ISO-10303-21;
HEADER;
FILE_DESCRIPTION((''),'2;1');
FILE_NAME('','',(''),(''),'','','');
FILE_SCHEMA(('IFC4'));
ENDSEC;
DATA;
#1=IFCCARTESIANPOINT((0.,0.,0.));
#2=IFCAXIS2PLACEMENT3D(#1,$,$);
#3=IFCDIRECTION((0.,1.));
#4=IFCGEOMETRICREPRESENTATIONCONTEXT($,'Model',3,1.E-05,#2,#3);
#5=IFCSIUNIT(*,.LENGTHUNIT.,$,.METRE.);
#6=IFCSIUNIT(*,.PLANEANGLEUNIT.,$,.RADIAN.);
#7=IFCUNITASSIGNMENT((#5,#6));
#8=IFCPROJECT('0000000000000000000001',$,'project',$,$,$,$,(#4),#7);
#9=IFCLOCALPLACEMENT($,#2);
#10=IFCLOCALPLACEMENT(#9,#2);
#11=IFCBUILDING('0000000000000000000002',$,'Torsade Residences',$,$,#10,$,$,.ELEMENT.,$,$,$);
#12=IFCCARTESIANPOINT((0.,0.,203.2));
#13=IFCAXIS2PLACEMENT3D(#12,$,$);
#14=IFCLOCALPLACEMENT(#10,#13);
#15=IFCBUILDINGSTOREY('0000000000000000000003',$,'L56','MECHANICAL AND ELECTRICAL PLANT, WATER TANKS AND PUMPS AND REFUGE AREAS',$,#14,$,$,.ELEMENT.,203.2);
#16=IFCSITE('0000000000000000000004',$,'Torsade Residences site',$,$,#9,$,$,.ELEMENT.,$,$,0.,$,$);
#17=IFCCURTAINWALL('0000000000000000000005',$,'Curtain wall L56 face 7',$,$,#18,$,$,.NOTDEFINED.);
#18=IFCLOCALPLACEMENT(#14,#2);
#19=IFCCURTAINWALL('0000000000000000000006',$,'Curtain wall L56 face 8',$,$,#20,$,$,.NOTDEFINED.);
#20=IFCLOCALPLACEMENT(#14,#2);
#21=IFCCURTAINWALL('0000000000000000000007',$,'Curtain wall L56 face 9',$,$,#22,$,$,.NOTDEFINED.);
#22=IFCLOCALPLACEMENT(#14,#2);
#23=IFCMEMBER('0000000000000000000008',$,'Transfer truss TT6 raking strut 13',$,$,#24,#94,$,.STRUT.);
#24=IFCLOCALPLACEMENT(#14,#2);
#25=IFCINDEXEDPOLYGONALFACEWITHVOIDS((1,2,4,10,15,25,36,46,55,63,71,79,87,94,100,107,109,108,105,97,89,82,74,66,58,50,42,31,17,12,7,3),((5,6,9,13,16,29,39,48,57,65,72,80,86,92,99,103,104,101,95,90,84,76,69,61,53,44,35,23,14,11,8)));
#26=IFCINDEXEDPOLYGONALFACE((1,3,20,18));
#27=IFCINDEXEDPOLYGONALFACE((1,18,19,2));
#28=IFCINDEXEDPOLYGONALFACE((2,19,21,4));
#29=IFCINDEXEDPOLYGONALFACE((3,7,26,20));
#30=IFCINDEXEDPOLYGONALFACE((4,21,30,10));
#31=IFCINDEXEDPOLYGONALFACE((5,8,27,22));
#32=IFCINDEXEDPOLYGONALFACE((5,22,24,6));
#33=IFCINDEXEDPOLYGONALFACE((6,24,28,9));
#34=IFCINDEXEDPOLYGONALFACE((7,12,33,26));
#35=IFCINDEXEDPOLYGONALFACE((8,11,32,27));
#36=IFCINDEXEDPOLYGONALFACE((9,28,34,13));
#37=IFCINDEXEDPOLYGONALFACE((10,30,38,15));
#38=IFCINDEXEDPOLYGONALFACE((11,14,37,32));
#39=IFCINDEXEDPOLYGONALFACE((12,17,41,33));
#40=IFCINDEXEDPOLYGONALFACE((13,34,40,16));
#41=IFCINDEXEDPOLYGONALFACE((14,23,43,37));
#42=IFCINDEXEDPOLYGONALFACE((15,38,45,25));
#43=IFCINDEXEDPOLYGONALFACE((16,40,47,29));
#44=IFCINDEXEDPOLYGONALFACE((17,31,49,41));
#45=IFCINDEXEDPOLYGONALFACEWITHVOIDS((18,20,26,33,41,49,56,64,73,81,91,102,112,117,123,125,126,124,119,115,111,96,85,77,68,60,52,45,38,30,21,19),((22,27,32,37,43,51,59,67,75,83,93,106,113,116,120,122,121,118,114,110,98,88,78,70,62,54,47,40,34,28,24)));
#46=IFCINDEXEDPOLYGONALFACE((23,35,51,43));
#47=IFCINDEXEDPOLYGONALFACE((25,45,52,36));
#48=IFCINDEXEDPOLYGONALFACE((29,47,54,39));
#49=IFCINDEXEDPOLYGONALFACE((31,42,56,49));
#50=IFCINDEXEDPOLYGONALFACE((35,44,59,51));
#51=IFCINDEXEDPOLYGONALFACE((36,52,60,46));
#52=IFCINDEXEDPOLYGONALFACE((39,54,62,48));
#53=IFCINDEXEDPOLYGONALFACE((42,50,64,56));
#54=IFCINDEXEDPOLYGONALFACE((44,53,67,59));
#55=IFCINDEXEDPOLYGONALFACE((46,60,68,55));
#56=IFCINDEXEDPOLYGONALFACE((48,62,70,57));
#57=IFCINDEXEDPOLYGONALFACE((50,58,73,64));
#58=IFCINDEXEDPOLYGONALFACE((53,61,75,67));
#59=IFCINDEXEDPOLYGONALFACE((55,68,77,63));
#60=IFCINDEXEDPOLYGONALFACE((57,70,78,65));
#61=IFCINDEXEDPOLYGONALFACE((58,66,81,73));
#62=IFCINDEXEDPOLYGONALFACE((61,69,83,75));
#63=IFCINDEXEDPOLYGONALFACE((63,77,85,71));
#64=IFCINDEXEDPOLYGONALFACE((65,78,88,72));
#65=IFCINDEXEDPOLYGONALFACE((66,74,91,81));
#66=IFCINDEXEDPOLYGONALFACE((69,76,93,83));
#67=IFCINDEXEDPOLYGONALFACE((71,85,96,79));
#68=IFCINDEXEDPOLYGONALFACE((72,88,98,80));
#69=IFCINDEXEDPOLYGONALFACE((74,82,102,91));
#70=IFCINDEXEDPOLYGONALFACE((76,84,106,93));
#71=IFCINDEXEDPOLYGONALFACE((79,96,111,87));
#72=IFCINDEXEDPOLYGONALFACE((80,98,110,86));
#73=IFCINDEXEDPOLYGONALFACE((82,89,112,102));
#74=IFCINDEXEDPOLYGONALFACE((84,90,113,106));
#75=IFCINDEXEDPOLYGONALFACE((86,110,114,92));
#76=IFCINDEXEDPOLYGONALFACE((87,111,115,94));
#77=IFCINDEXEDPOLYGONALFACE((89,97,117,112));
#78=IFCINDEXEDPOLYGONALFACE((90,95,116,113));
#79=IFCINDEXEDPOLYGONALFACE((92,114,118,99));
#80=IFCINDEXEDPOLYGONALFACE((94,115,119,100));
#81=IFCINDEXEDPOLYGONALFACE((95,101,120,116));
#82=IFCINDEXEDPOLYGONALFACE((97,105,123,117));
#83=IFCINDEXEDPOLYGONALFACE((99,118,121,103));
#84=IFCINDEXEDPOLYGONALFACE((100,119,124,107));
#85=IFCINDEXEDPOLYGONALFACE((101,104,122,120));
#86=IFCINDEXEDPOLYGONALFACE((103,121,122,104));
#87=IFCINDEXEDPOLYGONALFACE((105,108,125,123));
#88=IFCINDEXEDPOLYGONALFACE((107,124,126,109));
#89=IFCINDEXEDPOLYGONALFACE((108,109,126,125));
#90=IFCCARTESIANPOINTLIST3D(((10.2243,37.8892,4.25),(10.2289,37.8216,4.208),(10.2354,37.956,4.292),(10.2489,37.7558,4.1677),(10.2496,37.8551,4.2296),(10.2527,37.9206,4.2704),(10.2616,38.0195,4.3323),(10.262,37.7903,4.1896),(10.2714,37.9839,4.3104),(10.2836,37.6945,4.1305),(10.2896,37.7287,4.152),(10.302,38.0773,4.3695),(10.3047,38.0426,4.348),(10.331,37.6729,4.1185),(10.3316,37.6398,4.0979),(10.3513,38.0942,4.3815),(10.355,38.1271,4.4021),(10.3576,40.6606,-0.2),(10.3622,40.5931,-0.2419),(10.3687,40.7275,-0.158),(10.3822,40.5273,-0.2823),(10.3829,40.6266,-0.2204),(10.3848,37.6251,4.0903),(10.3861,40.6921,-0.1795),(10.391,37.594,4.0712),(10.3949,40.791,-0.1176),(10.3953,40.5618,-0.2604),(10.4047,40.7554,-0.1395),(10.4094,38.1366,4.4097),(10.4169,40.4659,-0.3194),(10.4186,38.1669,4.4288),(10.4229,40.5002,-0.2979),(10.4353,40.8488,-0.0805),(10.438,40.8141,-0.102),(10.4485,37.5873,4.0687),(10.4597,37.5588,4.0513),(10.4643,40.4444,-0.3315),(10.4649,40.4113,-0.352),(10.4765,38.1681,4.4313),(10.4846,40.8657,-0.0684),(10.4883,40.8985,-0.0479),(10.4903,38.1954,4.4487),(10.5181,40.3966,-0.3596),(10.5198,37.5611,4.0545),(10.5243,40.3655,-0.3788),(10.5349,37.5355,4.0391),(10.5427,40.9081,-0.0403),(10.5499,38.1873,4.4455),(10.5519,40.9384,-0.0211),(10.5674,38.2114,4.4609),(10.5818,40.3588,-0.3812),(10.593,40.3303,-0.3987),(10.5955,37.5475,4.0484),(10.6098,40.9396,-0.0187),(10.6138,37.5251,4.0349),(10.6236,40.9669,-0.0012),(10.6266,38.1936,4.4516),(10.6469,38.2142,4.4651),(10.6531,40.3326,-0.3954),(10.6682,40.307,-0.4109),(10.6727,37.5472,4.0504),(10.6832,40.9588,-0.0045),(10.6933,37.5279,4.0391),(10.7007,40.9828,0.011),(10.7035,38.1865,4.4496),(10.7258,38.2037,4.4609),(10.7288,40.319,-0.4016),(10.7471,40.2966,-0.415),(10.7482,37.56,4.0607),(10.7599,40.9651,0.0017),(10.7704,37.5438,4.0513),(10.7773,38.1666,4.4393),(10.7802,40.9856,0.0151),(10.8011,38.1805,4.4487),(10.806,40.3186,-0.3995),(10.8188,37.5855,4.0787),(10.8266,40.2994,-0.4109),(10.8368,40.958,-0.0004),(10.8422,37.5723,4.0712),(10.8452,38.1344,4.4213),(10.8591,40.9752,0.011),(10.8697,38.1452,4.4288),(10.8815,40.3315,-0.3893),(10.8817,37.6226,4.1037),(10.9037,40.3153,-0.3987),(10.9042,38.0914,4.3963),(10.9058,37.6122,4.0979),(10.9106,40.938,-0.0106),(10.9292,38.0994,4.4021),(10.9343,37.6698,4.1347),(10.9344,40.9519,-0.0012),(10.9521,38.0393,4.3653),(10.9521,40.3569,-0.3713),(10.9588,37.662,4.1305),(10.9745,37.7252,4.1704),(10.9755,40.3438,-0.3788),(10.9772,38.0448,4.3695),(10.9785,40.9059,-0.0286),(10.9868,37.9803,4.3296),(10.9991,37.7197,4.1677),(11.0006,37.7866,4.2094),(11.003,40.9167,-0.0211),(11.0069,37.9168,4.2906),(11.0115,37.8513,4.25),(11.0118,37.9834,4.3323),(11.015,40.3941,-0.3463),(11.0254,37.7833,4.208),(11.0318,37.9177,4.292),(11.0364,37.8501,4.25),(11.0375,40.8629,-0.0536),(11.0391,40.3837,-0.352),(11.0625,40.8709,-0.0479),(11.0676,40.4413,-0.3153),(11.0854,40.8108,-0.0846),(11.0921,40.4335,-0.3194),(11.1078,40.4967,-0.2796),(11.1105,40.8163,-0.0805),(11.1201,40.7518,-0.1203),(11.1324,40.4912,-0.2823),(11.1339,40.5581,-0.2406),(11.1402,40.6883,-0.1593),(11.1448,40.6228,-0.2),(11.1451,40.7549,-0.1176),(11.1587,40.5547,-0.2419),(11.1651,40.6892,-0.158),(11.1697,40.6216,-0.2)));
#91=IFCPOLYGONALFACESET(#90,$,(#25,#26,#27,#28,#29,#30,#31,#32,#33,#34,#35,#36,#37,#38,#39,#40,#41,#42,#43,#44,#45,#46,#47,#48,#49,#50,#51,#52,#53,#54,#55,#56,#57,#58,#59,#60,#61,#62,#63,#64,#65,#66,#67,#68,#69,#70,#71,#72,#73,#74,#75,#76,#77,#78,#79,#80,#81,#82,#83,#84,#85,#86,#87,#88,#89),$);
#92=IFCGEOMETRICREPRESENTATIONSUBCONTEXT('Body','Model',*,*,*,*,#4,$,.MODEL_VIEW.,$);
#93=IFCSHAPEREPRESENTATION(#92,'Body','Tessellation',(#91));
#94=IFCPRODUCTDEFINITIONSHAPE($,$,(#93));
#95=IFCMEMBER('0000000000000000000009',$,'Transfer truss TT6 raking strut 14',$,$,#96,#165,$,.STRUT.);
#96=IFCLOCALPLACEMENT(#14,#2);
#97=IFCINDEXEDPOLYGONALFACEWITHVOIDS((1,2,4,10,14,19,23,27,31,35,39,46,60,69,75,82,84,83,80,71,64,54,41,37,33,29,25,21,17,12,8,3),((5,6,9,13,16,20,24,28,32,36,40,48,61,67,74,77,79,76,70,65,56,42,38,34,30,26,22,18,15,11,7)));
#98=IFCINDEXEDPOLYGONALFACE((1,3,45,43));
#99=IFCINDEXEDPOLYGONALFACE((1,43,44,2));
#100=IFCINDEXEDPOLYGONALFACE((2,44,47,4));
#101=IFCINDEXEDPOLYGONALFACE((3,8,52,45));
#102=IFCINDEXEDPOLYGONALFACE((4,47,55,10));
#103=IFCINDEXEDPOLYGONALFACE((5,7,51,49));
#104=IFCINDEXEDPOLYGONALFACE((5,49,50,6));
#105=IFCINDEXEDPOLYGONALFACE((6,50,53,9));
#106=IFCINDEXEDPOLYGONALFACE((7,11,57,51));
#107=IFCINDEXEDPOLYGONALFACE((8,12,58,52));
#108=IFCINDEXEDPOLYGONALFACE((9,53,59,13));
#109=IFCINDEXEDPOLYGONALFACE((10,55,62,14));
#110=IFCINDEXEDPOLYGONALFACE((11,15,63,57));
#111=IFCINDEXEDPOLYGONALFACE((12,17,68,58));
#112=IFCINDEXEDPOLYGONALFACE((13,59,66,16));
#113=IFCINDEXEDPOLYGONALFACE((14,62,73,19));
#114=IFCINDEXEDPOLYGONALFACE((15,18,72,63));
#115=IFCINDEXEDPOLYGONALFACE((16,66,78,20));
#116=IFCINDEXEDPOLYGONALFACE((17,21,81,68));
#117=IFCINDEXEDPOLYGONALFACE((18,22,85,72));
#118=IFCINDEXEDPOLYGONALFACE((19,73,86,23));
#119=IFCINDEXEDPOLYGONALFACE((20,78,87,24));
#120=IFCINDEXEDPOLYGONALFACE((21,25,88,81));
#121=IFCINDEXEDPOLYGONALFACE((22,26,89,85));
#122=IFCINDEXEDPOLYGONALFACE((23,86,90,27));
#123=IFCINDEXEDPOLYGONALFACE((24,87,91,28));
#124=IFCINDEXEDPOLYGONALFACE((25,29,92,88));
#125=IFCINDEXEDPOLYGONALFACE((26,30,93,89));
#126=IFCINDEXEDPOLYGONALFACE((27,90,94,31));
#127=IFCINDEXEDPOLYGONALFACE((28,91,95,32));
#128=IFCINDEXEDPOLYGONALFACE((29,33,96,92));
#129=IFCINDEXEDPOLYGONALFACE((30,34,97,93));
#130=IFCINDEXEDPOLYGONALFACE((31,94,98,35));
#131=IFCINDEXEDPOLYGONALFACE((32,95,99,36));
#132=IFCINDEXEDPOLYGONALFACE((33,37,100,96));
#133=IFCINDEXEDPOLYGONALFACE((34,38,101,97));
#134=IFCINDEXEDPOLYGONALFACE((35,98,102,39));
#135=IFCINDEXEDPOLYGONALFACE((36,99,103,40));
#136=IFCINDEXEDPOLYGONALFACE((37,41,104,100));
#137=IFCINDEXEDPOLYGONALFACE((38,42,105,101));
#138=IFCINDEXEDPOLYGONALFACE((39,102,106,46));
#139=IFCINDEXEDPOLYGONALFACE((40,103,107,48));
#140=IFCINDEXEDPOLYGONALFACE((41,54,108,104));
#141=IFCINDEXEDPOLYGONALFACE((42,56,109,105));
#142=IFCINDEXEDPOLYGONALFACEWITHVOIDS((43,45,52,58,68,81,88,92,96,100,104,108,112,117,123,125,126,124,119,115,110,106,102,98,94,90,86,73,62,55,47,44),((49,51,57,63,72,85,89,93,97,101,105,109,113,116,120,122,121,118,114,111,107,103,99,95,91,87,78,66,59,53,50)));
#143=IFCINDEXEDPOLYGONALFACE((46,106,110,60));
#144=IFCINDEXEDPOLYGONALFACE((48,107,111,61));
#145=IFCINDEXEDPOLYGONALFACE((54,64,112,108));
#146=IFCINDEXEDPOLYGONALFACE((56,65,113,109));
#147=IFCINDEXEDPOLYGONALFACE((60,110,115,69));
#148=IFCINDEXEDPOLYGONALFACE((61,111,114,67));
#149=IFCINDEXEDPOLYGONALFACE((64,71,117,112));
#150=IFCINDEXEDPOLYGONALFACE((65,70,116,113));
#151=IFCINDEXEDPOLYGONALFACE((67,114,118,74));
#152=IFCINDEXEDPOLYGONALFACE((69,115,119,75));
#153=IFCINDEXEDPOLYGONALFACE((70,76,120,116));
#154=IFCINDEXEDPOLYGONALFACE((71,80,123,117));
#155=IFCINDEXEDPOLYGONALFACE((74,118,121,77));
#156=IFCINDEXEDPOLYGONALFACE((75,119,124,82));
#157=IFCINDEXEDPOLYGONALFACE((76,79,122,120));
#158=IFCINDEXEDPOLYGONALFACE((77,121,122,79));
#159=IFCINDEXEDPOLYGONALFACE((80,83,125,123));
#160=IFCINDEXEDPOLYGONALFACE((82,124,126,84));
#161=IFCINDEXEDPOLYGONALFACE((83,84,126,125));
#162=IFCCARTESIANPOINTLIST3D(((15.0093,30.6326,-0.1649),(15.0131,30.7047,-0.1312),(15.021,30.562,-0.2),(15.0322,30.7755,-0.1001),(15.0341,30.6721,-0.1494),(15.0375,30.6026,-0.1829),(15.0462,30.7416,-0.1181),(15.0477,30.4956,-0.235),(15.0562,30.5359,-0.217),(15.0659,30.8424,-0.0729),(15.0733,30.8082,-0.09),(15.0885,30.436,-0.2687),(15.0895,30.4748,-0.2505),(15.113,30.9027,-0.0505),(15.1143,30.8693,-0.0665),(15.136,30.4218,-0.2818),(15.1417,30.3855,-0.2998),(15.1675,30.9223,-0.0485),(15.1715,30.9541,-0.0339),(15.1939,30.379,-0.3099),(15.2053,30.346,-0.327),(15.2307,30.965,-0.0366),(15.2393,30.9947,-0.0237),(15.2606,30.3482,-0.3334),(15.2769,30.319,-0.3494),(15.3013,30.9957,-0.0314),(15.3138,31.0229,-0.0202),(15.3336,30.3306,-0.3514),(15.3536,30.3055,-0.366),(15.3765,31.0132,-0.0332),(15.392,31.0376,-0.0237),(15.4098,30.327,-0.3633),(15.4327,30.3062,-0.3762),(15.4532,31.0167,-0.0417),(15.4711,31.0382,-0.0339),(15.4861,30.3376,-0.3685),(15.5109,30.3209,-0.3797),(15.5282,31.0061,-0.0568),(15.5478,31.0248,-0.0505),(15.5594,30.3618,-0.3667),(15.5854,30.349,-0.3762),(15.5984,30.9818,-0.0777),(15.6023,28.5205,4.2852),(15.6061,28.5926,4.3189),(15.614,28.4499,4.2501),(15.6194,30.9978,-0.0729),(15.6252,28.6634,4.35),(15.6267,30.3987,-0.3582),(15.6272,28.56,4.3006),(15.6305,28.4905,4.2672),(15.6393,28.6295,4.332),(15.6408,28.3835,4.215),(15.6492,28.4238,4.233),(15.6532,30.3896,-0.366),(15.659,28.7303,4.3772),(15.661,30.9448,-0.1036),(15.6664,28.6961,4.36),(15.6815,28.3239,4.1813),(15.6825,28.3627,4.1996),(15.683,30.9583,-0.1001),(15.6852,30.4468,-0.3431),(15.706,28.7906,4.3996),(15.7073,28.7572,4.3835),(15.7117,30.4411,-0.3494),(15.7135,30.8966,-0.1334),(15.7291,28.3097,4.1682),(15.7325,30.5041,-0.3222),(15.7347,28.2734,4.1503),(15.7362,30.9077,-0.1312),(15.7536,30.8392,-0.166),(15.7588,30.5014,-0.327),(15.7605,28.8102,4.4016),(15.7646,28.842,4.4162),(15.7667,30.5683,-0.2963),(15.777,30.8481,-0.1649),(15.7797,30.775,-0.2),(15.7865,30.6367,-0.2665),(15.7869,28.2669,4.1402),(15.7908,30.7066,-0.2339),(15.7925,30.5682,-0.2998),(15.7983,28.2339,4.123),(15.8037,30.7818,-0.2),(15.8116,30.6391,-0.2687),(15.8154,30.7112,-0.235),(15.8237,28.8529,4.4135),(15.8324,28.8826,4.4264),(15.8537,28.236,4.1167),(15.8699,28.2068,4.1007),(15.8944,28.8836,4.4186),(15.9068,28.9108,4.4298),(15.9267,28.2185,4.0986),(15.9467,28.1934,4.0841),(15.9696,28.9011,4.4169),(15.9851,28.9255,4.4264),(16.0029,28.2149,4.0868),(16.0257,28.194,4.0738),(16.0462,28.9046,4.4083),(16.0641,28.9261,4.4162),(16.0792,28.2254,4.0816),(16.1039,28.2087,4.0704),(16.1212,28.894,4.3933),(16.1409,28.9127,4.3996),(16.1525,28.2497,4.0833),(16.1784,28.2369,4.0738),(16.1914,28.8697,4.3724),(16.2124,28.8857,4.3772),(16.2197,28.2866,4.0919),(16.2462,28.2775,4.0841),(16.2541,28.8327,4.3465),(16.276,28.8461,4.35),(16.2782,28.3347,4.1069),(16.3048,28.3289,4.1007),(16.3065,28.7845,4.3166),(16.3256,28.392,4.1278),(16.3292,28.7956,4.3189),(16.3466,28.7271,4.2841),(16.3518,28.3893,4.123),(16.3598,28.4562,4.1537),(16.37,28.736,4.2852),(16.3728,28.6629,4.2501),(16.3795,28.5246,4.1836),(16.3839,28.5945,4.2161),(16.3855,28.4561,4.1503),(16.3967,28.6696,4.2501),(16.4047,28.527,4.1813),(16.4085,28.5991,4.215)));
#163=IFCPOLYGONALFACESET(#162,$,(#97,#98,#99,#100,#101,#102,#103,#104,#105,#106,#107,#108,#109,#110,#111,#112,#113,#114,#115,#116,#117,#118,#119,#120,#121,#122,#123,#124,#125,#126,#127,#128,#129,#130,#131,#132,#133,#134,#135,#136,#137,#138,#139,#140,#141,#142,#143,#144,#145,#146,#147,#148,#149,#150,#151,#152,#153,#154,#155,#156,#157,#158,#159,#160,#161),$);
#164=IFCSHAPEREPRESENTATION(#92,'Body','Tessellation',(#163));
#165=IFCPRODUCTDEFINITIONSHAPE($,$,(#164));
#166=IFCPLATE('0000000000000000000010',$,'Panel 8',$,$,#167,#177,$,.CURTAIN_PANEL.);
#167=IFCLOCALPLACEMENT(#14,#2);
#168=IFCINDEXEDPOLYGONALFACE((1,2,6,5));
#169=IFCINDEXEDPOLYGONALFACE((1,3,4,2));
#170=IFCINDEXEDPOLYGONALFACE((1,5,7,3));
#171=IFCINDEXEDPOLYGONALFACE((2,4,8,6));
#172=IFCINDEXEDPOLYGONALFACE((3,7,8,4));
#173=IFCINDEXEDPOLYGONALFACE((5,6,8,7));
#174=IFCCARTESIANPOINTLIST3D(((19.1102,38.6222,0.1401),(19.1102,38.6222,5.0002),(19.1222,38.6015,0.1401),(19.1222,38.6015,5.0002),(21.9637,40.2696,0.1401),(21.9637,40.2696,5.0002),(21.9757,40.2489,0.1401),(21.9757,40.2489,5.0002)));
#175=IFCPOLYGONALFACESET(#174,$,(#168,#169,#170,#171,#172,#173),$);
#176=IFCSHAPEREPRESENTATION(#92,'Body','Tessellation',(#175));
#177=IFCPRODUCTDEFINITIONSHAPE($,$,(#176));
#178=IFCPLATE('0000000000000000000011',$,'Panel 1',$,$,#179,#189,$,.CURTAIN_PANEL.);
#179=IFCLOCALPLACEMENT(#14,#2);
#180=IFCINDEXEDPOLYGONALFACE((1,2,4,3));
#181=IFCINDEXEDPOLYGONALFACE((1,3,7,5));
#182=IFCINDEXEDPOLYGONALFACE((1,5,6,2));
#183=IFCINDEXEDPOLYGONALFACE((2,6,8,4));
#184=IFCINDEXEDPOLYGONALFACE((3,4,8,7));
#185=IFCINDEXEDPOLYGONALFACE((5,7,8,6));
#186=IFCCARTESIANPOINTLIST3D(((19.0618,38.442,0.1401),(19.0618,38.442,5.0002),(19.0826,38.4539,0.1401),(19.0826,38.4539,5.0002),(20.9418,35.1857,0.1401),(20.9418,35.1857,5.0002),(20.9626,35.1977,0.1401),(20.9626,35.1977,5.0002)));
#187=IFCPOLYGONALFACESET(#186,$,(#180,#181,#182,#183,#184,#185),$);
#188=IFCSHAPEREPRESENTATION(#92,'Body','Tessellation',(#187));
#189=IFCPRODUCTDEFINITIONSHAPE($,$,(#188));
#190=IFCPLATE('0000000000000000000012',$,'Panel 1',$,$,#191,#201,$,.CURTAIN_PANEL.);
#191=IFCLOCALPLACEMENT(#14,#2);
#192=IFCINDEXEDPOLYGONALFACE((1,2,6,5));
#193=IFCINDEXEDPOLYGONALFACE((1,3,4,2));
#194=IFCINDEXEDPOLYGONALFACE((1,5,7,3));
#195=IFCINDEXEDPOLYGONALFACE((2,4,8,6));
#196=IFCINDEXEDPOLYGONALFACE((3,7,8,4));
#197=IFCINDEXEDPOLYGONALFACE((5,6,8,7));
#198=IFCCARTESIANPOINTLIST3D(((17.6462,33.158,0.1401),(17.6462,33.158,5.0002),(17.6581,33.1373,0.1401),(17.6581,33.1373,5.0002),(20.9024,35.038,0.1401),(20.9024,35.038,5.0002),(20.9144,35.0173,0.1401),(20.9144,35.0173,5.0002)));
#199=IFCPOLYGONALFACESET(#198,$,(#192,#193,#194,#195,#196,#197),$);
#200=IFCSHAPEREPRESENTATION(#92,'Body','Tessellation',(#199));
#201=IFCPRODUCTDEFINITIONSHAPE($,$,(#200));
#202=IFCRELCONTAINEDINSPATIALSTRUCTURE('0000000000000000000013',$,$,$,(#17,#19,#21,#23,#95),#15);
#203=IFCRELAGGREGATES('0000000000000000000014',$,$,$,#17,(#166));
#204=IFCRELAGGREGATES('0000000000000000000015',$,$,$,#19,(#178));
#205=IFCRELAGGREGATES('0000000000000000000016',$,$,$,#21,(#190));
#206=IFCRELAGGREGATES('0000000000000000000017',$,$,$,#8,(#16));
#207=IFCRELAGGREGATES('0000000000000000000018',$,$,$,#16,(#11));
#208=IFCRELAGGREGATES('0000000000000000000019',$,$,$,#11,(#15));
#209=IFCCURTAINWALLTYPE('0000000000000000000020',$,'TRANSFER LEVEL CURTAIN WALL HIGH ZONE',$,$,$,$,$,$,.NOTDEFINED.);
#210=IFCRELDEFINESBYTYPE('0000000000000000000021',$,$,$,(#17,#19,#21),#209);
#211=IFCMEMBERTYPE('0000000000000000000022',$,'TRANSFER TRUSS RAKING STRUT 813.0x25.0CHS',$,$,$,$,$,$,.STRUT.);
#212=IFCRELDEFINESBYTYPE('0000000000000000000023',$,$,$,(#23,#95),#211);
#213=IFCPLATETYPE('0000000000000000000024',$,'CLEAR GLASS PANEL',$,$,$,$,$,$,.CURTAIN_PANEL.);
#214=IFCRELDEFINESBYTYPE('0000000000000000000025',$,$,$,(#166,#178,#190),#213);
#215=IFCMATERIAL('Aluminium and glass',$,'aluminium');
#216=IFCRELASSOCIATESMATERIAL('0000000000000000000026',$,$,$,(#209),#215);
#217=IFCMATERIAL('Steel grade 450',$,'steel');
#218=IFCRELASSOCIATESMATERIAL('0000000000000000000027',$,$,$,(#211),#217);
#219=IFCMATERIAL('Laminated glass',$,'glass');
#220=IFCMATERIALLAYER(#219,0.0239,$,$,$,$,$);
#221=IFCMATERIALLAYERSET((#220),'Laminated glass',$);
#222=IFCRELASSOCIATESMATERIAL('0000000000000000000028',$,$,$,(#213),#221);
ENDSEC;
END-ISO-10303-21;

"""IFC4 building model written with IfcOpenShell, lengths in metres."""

from ifc_helpers import new_model, si_unit, direction, frame, origin, origin_2d, place, context, subcontext, project, spatial, rectangle, hollow_circle, extrude, material, layer, layer_set, material_profile, profile_set, type_object, element, aggregate, save


model = new_model("IFC4")

# Units and contexts
model_context = context("Model", 3, precision=1e-05, world=origin(), true_north=direction((0.0, 1.0)))
body_context = subcontext(model_context, "Body", "Model", "MODEL_VIEW")
ifc_project = project(units=[si_unit("LENGTHUNIT", "METRE"), si_unit("PLANEANGLEUNIT", "RADIAN")], contexts=[model_context])

# Site, building, storey
site_placement = place(None, origin())
site = spatial("IfcSite", under=ifc_project, at=site_placement, Name="Torsade Residences site", CompositionType="ELEMENT", RefElevation=0.0)
building_placement = place(site_placement, origin())
building = spatial("IfcBuilding", under=site, at=building_placement, Name="Torsade Residences", CompositionType="ELEMENT")
storey_placement = place(building_placement, frame((0.0, 0.0, 203.2)))
storey = spatial("IfcBuildingStorey", under=building, at=storey_placement, Name="L56", Description="MECHANICAL AND ELECTRICAL PLANT, WATER TANKS AND PUMPS AND REFUGE AREAS", CompositionType="ELEMENT", Elevation=203.2)

# Curtain walls
ifc_material_1 = material(Name="Aluminium and glass", Category="aluminium")
curtain_wall_type = type_object("IfcCurtainWallType", Name="TRANSFER LEVEL CURTAIN WALL HIGH ZONE", PredefinedType="NOTDEFINED", material=ifc_material_1)
curtain_wall_1_placement = place(storey_placement, origin())
curtain_wall_1 = element("IfcCurtainWall", 1, at=curtain_wall_1_placement, inside=storey, type_object=curtain_wall_type, Name="Curtain wall L56 face 7", PredefinedType="NOTDEFINED")
curtain_wall_2_placement = place(storey_placement, origin())
curtain_wall_2 = element("IfcCurtainWall", 2, at=curtain_wall_2_placement, inside=storey, type_object=curtain_wall_type, Name="Curtain wall L56 face 8", PredefinedType="NOTDEFINED")
curtain_wall_3_placement = place(storey_placement, origin())
curtain_wall_3 = element("IfcCurtainWall", 3, at=curtain_wall_3_placement, inside=storey, type_object=curtain_wall_type, Name="Curtain wall L56 face 9", PredefinedType="NOTDEFINED")

# Members
ifc_material_2 = material(Name="Steel grade 450", Category="steel")
ifc_material_profile_1 = material_profile(ifc_material_2, hollow_circle(Radius=0.4065, WallThickness=0.0249, at=origin_2d()), Name="813.0x25.0CHS")
ifc_profile_set_1 = profile_set([ifc_material_profile_1], Name="Steel grade 450")
member_type_1 = type_object("IfcMemberType", Name="TRANSFER TRUSS RAKING STRUT 813.0x25.0CHS", PredefinedType="STRUT", material=ifc_profile_set_1)
member_1_placement = place(storey_placement, frame((10.7637, 40.6411, -0.2), z_axis=(-0.025419, -0.528492, 0.848558), x_axis=(0.998845, -0.048042, 0.0)))
element("IfcMember", 4, at=member_1_placement, inside=storey, type_object=member_type_1, Name="Transfer truss TT6 raking strut 13", PredefinedType="STRUT", context=body_context, shape_type="SweptSolid", body=[
    extrude(hollow_circle(Radius=0.4065, WallThickness=0.0249, at=origin_2d()), origin(), (0.0, 0.0, 1.0), 5.2441),
])
member_2_placement = place(storey_placement, frame((15.4124, 30.6719, -0.2), z_axis=(0.119529, -0.425707, 0.896932), x_axis=(0.96277, 0.270323, 0.0)))
element("IfcMember", 5, at=member_2_placement, inside=storey, type_object=member_type_1, Name="Transfer truss TT6 raking strut 14", PredefinedType="STRUT", context=body_context, shape_type="SweptSolid", body=[
    extrude(hollow_circle(Radius=0.4065, WallThickness=0.0249, at=origin_2d()), origin(), (0.0, 0.0, 1.0), 4.9614),
])

# Plates
ifc_material_3 = material(Name="Laminated glass", Category="glass")
ifc_layer = layer(ifc_material_3, 0.0239)
ifc_layer_set = layer_set([ifc_layer], Name="Laminated glass")
plate_type = type_object("IfcPlateType", Name="CLEAR GLASS PANEL", PredefinedType="CURTAIN_PANEL", material=ifc_layer_set)
plate_1_placement = place(storey_placement, frame((20.543, 39.4355, 0.1401), z_axis=(0.0, 0.0, 1.0), x_axis=(-0.866025, -0.5, 0.0)))
plate_1 = element("IfcPlate", 6, at=plate_1_placement, type_object=plate_type, Name="Panel 8", PredefinedType="CURTAIN_PANEL", context=body_context, shape_type="SweptSolid", body=[
    extrude(rectangle(XDim=3.2949, YDim=0.0239, at=origin_2d()), origin(), (0.0, 0.0, 1.0), 4.8601),
])
aggregate(curtain_wall_1, [plate_1])
plate_2_placement = place(storey_placement, frame((20.0122, 36.8198, 0.1401), z_axis=(0.0, 0.0, 1.0), x_axis=(0.5, -0.866025, 0.0)))
plate_2 = element("IfcPlate", 7, at=plate_2_placement, type_object=plate_type, Name="Panel 1", PredefinedType="CURTAIN_PANEL", context=body_context, shape_type="SweptSolid", body=[
    extrude(rectangle(XDim=3.76, YDim=0.0239, at=origin_2d()), origin(), (0.0, 0.0, 1.0), 4.8601),
])
aggregate(curtain_wall_2, [plate_2])
plate_3_placement = place(storey_placement, frame((19.2803, 34.0876, 0.1401), z_axis=(0.0, 0.0, 1.0), x_axis=(-0.866025, -0.5, 0.0)))
plate_3 = element("IfcPlate", 8, at=plate_3_placement, type_object=plate_type, Name="Panel 1", PredefinedType="CURTAIN_PANEL", context=body_context, shape_type="SweptSolid", body=[
    extrude(rectangle(XDim=3.76, YDim=0.0239, at=origin_2d()), origin(), (0.0, 0.0, 1.0), 4.8601),
])
aggregate(curtain_wall_3, [plate_3])

save(model, "model.ifc")
